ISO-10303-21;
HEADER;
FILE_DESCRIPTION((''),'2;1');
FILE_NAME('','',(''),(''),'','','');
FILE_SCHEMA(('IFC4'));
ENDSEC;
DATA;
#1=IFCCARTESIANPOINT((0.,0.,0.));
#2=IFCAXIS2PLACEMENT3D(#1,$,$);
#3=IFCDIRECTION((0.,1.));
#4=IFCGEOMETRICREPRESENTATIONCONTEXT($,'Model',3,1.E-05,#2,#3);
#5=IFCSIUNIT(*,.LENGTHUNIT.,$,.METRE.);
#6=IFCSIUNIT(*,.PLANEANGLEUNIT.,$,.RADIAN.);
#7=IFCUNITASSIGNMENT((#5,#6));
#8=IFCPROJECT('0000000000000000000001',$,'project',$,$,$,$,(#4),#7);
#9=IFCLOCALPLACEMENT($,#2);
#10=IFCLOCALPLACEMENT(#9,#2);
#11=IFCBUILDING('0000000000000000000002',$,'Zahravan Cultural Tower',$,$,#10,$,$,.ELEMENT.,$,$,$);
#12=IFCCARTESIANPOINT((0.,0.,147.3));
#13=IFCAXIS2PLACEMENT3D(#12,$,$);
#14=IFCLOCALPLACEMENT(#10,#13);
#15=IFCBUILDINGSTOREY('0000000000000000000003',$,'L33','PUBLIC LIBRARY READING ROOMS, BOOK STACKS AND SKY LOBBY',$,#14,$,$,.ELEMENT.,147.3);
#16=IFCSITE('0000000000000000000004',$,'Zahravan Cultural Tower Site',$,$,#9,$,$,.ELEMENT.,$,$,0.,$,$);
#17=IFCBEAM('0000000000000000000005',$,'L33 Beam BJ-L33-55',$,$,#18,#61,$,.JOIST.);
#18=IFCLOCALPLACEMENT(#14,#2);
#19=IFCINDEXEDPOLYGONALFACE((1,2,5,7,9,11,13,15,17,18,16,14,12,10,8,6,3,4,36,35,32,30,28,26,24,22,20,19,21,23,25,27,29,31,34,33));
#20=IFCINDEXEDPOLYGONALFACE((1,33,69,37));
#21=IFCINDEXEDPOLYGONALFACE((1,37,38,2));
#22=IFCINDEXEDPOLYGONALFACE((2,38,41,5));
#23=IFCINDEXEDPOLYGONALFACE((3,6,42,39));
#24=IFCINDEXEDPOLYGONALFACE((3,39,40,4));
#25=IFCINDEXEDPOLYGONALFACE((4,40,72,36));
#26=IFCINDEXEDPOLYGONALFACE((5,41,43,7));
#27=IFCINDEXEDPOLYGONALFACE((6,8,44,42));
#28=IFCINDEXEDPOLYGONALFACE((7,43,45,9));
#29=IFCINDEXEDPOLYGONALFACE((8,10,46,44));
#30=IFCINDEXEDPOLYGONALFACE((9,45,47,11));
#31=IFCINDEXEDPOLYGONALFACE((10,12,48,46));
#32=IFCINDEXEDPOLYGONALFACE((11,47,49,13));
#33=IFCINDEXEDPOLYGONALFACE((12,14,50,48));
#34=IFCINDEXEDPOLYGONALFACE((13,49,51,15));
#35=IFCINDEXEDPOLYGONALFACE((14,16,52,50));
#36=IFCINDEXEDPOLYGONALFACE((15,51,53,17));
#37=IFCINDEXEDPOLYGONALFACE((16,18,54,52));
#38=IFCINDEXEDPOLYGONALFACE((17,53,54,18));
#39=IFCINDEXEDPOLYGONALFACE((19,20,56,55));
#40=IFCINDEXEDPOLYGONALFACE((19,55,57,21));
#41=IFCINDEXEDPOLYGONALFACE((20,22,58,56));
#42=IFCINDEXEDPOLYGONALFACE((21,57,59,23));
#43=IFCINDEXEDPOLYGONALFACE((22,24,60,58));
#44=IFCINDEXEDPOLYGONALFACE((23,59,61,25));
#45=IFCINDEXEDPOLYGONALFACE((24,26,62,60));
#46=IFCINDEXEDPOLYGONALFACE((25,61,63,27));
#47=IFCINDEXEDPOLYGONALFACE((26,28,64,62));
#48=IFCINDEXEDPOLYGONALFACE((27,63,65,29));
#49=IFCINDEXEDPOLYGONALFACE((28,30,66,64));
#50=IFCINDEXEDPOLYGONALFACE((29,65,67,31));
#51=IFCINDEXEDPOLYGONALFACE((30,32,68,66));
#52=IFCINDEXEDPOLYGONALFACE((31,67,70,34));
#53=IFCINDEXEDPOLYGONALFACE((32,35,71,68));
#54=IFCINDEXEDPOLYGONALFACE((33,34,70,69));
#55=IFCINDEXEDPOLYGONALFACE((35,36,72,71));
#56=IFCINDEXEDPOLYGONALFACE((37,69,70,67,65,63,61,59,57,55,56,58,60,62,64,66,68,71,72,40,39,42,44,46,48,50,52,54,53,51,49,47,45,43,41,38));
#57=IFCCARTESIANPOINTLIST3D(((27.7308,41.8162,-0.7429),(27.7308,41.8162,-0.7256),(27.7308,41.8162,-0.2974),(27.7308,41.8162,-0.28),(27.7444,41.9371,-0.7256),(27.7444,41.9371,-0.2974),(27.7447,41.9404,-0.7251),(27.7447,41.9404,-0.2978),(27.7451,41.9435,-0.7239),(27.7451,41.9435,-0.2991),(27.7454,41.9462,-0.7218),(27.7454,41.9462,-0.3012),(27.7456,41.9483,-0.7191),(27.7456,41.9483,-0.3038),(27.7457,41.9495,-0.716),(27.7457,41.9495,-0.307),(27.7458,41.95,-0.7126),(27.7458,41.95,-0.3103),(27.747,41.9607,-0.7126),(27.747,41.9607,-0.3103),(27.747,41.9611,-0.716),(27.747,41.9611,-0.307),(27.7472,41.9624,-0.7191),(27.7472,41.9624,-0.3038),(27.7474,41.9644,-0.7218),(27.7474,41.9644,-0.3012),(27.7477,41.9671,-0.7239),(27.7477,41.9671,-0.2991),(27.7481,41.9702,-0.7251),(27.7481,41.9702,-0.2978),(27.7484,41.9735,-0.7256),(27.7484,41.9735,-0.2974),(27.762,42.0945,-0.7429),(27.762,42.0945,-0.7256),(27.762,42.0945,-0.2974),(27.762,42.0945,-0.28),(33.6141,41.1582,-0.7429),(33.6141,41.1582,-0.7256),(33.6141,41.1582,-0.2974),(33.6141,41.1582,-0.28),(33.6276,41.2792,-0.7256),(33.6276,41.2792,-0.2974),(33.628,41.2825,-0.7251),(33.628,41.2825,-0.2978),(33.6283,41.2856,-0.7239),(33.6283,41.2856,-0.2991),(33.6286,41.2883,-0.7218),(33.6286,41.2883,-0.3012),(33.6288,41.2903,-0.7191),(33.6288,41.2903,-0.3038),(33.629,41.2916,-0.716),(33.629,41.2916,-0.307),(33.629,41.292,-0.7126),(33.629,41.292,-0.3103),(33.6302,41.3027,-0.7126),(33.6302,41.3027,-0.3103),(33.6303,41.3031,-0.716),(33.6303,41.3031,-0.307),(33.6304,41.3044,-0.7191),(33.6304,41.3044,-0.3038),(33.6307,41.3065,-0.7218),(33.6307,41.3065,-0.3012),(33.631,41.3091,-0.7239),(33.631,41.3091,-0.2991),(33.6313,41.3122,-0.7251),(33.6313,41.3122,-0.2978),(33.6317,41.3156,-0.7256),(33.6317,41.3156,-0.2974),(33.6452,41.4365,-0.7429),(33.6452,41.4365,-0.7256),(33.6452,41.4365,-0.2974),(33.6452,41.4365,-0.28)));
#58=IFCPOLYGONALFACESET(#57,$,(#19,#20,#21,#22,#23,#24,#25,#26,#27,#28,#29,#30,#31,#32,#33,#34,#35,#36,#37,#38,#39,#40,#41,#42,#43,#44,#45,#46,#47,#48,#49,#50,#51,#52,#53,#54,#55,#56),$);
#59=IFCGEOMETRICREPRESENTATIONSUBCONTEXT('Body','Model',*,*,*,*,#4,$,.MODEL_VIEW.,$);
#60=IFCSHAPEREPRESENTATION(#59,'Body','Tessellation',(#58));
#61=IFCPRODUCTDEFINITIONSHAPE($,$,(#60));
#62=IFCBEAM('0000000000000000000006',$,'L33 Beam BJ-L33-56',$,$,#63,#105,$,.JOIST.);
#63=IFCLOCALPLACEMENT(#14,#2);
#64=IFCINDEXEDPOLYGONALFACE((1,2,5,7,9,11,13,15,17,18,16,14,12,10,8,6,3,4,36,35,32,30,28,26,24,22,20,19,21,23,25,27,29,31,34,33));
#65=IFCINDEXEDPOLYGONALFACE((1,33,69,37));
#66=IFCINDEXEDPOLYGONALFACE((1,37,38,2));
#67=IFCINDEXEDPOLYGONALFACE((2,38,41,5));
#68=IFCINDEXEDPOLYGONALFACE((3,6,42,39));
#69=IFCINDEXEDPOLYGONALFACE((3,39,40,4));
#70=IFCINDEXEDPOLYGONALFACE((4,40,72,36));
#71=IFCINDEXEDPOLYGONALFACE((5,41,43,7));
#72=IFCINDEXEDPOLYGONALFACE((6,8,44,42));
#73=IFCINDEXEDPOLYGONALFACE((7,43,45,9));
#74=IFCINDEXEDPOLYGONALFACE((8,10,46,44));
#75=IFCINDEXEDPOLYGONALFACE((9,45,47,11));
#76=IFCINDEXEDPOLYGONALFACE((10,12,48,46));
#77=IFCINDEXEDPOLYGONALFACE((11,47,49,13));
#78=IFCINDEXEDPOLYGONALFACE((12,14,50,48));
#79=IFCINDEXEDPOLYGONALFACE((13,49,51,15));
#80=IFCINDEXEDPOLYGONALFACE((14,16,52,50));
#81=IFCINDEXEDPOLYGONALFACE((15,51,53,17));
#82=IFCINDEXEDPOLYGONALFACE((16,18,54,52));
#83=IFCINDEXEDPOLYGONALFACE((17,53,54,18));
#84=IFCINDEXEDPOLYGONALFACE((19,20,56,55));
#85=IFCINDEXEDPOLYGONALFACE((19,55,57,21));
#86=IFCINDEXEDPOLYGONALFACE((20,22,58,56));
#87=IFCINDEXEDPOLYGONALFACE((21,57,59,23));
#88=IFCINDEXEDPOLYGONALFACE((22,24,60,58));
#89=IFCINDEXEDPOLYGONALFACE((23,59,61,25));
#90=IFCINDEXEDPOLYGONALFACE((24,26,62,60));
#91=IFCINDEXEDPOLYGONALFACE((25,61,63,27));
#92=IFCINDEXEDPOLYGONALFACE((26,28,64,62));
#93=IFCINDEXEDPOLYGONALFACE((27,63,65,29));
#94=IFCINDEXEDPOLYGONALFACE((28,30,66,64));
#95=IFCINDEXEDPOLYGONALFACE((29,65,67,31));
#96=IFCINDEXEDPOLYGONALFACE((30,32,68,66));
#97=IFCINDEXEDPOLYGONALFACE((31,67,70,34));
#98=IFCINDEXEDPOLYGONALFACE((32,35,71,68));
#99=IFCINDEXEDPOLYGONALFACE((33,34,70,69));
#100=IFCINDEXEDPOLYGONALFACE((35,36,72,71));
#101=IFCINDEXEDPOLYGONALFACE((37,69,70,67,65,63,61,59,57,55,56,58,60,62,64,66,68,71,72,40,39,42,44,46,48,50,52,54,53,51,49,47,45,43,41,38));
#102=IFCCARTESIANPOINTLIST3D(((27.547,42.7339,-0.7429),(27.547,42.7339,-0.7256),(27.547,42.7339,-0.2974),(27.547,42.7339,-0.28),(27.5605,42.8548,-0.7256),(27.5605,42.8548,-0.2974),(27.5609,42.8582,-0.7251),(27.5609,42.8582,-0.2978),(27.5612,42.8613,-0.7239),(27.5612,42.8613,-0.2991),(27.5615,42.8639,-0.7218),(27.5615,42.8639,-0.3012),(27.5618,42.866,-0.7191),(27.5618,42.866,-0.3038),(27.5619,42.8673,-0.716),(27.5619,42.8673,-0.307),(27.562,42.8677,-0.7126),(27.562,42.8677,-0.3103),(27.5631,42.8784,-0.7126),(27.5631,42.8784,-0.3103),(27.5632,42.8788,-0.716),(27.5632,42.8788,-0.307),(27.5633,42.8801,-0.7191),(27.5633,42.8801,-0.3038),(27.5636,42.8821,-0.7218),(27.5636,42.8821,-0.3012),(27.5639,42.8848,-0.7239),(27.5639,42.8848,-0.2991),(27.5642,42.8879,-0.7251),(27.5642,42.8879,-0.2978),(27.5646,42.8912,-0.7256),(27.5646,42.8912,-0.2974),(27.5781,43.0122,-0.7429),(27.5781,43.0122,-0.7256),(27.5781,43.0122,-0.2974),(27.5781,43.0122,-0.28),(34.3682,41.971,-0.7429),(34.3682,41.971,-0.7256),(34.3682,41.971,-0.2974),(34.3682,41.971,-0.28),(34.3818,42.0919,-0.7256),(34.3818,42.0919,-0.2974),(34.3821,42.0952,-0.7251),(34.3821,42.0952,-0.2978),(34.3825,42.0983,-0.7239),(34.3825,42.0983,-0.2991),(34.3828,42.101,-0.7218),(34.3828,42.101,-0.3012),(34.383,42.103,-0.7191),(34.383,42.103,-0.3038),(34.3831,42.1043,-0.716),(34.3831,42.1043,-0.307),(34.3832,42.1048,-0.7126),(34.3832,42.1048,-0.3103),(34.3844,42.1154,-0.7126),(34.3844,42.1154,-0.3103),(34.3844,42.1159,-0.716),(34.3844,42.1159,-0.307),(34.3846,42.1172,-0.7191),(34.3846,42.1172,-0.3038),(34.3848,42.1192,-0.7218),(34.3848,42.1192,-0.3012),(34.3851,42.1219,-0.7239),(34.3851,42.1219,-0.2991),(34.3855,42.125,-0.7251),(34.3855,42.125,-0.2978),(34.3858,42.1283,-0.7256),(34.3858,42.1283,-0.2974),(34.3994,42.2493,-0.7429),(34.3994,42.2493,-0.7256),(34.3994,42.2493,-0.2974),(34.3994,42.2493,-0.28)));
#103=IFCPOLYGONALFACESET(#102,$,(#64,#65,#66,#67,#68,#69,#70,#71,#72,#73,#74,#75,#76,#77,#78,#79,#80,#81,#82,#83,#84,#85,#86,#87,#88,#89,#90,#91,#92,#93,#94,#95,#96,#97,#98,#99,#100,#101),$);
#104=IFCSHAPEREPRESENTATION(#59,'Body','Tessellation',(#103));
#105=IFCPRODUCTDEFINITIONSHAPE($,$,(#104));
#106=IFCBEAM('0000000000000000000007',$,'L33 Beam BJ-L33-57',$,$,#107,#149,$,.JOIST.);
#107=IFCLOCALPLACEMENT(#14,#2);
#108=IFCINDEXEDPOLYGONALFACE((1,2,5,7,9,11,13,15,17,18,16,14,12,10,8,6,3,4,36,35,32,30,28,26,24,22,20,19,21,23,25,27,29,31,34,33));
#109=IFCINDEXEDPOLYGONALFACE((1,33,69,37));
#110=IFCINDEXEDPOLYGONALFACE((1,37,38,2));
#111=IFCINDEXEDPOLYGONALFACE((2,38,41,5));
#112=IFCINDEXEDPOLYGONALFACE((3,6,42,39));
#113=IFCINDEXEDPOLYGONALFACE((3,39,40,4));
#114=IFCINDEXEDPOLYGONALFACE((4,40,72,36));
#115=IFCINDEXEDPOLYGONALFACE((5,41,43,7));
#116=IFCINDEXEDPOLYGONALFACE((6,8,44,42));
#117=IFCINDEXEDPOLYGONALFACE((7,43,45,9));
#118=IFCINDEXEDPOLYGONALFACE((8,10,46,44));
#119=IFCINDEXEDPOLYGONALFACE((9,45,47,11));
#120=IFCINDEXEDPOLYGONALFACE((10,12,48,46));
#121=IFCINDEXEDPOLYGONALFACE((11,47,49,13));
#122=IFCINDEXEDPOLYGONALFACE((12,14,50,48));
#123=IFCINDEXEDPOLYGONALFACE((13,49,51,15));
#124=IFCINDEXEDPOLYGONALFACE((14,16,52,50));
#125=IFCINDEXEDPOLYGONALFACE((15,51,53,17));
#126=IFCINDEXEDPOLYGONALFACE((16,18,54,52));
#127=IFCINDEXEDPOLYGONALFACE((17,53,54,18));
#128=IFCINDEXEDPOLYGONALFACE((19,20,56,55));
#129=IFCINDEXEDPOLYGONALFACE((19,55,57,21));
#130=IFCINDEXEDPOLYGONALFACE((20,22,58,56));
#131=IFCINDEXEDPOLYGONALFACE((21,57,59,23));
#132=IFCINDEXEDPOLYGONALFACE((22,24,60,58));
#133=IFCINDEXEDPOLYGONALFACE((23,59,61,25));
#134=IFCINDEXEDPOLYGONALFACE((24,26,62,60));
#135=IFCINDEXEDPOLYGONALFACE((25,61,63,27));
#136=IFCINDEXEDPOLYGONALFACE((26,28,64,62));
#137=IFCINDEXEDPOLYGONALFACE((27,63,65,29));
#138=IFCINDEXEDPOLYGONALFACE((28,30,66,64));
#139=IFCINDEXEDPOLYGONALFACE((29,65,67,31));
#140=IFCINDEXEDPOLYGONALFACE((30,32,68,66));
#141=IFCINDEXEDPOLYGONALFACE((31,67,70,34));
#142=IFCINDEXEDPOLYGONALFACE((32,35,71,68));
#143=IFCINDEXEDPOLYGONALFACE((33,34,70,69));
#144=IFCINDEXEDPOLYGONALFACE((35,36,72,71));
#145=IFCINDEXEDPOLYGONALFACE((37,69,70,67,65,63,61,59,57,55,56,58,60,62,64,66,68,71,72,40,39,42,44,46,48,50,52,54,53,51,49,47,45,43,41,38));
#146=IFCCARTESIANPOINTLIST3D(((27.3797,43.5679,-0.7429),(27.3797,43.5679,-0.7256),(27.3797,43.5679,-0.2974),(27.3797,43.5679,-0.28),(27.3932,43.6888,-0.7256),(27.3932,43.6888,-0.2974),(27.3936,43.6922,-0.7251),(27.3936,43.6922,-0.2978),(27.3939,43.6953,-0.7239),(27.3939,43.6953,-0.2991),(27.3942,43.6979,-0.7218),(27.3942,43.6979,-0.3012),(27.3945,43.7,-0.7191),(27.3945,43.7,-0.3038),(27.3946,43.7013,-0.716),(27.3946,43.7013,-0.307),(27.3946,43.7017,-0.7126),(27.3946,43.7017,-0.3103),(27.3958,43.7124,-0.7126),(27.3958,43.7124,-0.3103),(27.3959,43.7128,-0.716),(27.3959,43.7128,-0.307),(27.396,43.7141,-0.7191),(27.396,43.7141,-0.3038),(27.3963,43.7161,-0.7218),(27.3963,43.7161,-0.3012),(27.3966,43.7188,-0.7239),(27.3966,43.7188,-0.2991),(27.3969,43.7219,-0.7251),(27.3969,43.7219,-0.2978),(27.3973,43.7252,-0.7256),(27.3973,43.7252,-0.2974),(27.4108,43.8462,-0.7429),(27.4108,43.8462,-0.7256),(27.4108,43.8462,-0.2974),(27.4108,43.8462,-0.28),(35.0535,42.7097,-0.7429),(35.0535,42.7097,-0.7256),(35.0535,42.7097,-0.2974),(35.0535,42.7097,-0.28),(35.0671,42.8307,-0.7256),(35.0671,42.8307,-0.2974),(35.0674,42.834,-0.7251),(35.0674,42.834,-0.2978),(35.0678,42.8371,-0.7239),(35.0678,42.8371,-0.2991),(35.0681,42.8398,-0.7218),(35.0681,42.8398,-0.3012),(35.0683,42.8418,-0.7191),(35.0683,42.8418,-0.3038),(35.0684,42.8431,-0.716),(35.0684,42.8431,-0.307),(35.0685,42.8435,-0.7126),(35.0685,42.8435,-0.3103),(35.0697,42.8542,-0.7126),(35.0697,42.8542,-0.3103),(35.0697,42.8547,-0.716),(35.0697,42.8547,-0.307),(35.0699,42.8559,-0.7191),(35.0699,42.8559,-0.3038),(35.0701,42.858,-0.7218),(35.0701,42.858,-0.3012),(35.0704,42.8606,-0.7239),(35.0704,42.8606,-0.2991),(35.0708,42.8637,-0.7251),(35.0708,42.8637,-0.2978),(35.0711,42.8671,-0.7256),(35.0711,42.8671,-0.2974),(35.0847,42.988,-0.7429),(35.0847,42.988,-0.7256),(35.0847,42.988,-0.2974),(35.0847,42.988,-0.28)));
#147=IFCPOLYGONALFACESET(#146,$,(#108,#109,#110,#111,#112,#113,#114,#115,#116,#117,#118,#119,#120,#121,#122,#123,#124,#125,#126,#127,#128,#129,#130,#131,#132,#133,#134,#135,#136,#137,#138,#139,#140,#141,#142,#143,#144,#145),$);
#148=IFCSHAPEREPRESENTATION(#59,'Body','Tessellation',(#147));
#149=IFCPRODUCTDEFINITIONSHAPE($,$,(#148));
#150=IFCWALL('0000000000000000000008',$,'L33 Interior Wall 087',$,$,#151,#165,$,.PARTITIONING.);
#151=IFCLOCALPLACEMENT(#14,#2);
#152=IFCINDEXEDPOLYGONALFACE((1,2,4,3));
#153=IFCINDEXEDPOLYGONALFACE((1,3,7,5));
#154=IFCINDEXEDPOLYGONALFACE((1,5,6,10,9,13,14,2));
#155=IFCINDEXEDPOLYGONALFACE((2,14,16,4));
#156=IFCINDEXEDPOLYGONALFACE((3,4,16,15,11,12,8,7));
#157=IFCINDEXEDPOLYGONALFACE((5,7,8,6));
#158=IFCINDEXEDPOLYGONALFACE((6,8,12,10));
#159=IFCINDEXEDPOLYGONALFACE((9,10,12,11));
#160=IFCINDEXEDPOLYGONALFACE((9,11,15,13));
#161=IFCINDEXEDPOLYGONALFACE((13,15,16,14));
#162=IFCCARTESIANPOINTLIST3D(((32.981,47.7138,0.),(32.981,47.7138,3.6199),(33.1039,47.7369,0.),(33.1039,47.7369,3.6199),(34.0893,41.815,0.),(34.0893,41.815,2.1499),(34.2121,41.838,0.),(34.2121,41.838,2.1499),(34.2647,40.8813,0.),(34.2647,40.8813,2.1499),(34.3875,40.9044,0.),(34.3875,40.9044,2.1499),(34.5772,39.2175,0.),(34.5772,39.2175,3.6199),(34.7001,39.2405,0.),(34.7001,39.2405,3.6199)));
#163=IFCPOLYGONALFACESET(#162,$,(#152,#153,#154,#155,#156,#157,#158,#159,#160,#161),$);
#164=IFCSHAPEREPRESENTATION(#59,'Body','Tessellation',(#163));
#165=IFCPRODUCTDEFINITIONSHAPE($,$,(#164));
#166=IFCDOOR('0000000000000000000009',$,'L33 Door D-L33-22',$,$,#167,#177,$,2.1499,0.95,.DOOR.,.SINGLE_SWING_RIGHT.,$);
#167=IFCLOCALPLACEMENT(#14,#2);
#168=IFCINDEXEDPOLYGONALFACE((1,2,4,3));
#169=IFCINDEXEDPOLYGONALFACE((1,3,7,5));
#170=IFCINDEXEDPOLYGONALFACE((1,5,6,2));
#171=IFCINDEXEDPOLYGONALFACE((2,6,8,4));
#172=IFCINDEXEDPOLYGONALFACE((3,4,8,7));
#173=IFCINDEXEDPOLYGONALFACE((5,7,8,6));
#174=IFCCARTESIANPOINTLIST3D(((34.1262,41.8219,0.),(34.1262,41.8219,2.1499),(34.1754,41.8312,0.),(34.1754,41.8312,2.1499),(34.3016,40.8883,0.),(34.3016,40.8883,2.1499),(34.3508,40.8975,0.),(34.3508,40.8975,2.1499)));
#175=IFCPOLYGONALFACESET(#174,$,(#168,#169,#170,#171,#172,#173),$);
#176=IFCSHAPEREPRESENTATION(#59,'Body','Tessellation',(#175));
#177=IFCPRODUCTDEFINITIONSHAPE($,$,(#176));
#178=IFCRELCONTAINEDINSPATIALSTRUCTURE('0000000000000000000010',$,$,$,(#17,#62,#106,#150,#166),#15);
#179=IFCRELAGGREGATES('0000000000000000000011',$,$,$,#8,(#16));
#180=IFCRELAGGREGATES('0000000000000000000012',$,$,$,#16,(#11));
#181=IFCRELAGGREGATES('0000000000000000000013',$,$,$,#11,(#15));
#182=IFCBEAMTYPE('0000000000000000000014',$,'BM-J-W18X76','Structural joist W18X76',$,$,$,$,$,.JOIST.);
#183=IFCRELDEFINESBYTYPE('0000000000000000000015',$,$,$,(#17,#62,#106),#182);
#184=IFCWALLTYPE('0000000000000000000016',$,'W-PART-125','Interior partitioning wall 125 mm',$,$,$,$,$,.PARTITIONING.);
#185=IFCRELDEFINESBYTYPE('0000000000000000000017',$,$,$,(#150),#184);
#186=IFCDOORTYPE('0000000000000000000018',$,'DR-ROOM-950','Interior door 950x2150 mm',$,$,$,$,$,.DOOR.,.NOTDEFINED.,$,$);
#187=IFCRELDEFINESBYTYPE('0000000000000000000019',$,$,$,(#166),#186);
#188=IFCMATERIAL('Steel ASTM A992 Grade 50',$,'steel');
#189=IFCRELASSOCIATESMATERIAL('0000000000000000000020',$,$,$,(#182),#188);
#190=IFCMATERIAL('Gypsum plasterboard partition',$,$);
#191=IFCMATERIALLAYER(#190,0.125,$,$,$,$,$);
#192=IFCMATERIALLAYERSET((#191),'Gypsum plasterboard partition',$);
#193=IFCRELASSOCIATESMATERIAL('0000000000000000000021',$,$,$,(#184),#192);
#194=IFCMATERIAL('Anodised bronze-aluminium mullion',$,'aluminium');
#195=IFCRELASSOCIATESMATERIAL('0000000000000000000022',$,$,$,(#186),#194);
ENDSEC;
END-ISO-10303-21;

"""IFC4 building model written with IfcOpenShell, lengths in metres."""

from ifc_helpers import new_model, si_unit, direction, frame, frame_2d, origin, origin_2d, place, context, subcontext, project, spatial, rectangle, i_section, extrude, source, transform, mapped, material, layer, layer_set, material_profile, profile_set, type_object, element, fill, save


model = new_model("IFC4")

# Units and contexts
model_context = context("Model", 3, precision=1e-05, world=origin(), true_north=direction((0.0, 1.0)))
body_context = subcontext(model_context, "Body", "Model", "MODEL_VIEW")
ifc_project = project(units=[si_unit("LENGTHUNIT", "METRE"), si_unit("PLANEANGLEUNIT", "RADIAN")], contexts=[model_context])

# Site, building, storey
site_placement = place(None, origin())
site = spatial("IfcSite", under=ifc_project, at=site_placement, Name="Zahravan Cultural Tower Site", CompositionType="ELEMENT", RefElevation=0.0)
building_placement = place(site_placement, origin())
building = spatial("IfcBuilding", under=site, at=building_placement, Name="Zahravan Cultural Tower", CompositionType="ELEMENT")
storey_placement = place(building_placement, frame((0.0, 0.0, 147.3)))
storey = spatial("IfcBuildingStorey", under=building, at=storey_placement, Name="L33", Description="PUBLIC LIBRARY READING ROOMS, BOOK STACKS AND SKY LOBBY", CompositionType="ELEMENT", Elevation=147.3)

# Shared definitions
ifc_material_1 = material(Name="Steel ASTM A992 Grade 50", Category="steel")

# Beams
ifc_material_profile_1 = material_profile(ifc_material_1, i_section(OverallWidth=0.28, OverallDepth=0.4629, WebThickness=0.0107, FlangeThickness=0.0173, FilletRadius=0.0129, at=origin_2d()), Name="W18X76")
ifc_profile_set_1 = profile_set([ifc_material_profile_1], Name="Steel ASTM A992 Grade 50")
beam_type_1 = type_object("IfcBeamType", Name="BM-J-W18X76", Description="Structural joist W18X76", PredefinedType="JOIST", material=ifc_profile_set_1)
shared_shape_1 = source(origin(), body_context, "Body", "SweptSolid", [
    extrude(i_section(OverallWidth=0.28, OverallDepth=0.4629, WebThickness=0.0107, FlangeThickness=0.0173, FilletRadius=0.0129, at=origin_2d()), origin(), (0.0, 0.0, 1.0), 5.9199),
])
beam_1_placement = place(storey_placement, frame((33.6296, 41.2974, -0.5115), z_axis=(-0.993805, 0.111142, 0.0), x_axis=(-0.111142, -0.993805, 0.0)))
element("IfcBeam", 1, at=beam_1_placement, inside=storey, type_object=beam_type_1, Name="L33 Beam BJ-L33-55", PredefinedType="JOIST", context=body_context, shape_type="MappedRepresentation", body=[
    mapped(shared_shape_1, transform((0.0, 0.0, 0.0), x_axis=(1.0, 0.0, 0.0), y_axis=(0.0, 1.0, 0.0), z_axis=(0.0, 0.0, 1.0), scale=1.0)),
])
shared_shape_2 = source(origin(), body_context, "Body", "SweptSolid", [
    extrude(i_section(OverallWidth=0.28, OverallDepth=0.4629, WebThickness=0.0107, FlangeThickness=0.0173, FilletRadius=0.0129, at=origin_2d()), origin(), (0.0, 0.0, 1.0), 6.8638),
])
beam_2_placement = place(storey_placement, frame((34.3838, 42.1101, -0.5115), z_axis=(-0.993803, 0.111154, 0.0), x_axis=(-0.111154, -0.993803, 0.0)))
element("IfcBeam", 2, at=beam_2_placement, inside=storey, type_object=beam_type_1, Name="L33 Beam BJ-L33-56", PredefinedType="JOIST", context=body_context, shape_type="MappedRepresentation", body=[
    mapped(shared_shape_2, transform((0.0, 0.0, 0.0), x_axis=(1.0, 0.0, 0.0), y_axis=(0.0, 1.0, 0.0), z_axis=(0.0, 0.0, 1.0), scale=1.0)),
])
shared_shape_3 = source(origin(), body_context, "Body", "SweptSolid", [
    extrude(i_section(OverallWidth=0.28, OverallDepth=0.4629, WebThickness=0.0107, FlangeThickness=0.0173, FilletRadius=0.0129, at=origin_2d()), origin(), (0.0, 0.0, 1.0), 7.7217),
])
beam_3_placement = place(storey_placement, frame((35.0691, 42.8489, -0.5115), z_axis=(-0.993805, 0.111136, 0.0), x_axis=(-0.111136, -0.993805, 0.0)))
element("IfcBeam", 3, at=beam_3_placement, inside=storey, type_object=beam_type_1, Name="L33 Beam BJ-L33-57", PredefinedType="JOIST", context=body_context, shape_type="MappedRepresentation", body=[
    mapped(shared_shape_3, transform((0.0, 0.0, 0.0), x_axis=(1.0, 0.0, 0.0), y_axis=(0.0, 1.0, 0.0), z_axis=(0.0, 0.0, 1.0), scale=1.0)),
])

# Wall, opening, door
ifc_material_2 = material(Name="Gypsum plasterboard partition")
ifc_layer_1 = layer(ifc_material_2, 0.125)
ifc_layer_set_1 = layer_set([ifc_layer_1], Name="Gypsum plasterboard partition")
wall_type_1 = type_object("IfcWallType", Name="W-PART-125", Description="Interior partitioning wall 125 mm", PredefinedType="PARTITIONING", material=ifc_layer_set_1)
wall_1_placement = place(storey_placement, frame((34.6387, 39.229, 0.0), z_axis=(0.0, 0.0, 1.0), x_axis=(-0.184638, 0.982807, 0.0)))
wall_1 = element("IfcWall", 4, at=wall_1_placement, inside=storey, type_object=wall_type_1, Name="L33 Interior Wall 087", PredefinedType="PARTITIONING", context=body_context, shape_type="SweptSolid", body=[
    extrude(rectangle(XDim=8.645, YDim=0.125, at=frame_2d((4.3225, 0.0))), origin(), (0.0, 0.0, 1.0), 3.6199),
])
opening_1_placement = place(wall_1_placement, frame((1.6929, 0.0, 0.0)))
opening_1 = element("IfcOpeningElement", 5, at=opening_1_placement, cuts=wall_1, PredefinedType="OPENING", context=body_context, shape_type="SweptSolid", body=[
    extrude(rectangle(XDim=0.95, YDim=2.1499, at=frame_2d((0.4751, 1.075))), frame((0.0, 0.0725, 0.0), z_axis=(0.0, -1.0, 0.0), x_axis=(1.0, 0.0, 0.0)), (0.0, 0.0, 1.0), 0.145),
])
ifc_material_3 = material(Name="Anodised bronze-aluminium mullion", Category="aluminium")
door_type = type_object("IfcDoorType", Name="DR-ROOM-950", Description="Interior door 950x2150 mm", OperationType="NOTDEFINED", PredefinedType="DOOR", material=ifc_material_3)
shared_shape_4 = source(origin(), body_context, "Body", "SweptSolid", [
    extrude(rectangle(XDim=0.95, YDim=2.1499, at=frame_2d((0.4751, 1.075))), frame((0.0, 0.0249, 0.0), z_axis=(0.0, -1.0, 0.0), x_axis=(1.0, 0.0, 0.0)), (0.0, 0.0, 1.0), 0.05),
])
door_1_placement = place(opening_1_placement, origin())
door_1 = element("IfcDoor", 6, at=door_1_placement, inside=storey, type_object=door_type, Name="L33 Door D-L33-22", OperationType="SINGLE_SWING_RIGHT", OverallHeight=2.1499, OverallWidth=0.95, PredefinedType="DOOR", context=body_context, shape_type="MappedRepresentation", body=[
    mapped(shared_shape_4, transform((0.0, 0.0, 0.0), x_axis=(1.0, 0.0, 0.0), y_axis=(0.0, 1.0, 0.0), z_axis=(0.0, 0.0, 1.0), scale=1.0)),
])
fill(opening_1, door_1)

save(model, "model.ifc")
